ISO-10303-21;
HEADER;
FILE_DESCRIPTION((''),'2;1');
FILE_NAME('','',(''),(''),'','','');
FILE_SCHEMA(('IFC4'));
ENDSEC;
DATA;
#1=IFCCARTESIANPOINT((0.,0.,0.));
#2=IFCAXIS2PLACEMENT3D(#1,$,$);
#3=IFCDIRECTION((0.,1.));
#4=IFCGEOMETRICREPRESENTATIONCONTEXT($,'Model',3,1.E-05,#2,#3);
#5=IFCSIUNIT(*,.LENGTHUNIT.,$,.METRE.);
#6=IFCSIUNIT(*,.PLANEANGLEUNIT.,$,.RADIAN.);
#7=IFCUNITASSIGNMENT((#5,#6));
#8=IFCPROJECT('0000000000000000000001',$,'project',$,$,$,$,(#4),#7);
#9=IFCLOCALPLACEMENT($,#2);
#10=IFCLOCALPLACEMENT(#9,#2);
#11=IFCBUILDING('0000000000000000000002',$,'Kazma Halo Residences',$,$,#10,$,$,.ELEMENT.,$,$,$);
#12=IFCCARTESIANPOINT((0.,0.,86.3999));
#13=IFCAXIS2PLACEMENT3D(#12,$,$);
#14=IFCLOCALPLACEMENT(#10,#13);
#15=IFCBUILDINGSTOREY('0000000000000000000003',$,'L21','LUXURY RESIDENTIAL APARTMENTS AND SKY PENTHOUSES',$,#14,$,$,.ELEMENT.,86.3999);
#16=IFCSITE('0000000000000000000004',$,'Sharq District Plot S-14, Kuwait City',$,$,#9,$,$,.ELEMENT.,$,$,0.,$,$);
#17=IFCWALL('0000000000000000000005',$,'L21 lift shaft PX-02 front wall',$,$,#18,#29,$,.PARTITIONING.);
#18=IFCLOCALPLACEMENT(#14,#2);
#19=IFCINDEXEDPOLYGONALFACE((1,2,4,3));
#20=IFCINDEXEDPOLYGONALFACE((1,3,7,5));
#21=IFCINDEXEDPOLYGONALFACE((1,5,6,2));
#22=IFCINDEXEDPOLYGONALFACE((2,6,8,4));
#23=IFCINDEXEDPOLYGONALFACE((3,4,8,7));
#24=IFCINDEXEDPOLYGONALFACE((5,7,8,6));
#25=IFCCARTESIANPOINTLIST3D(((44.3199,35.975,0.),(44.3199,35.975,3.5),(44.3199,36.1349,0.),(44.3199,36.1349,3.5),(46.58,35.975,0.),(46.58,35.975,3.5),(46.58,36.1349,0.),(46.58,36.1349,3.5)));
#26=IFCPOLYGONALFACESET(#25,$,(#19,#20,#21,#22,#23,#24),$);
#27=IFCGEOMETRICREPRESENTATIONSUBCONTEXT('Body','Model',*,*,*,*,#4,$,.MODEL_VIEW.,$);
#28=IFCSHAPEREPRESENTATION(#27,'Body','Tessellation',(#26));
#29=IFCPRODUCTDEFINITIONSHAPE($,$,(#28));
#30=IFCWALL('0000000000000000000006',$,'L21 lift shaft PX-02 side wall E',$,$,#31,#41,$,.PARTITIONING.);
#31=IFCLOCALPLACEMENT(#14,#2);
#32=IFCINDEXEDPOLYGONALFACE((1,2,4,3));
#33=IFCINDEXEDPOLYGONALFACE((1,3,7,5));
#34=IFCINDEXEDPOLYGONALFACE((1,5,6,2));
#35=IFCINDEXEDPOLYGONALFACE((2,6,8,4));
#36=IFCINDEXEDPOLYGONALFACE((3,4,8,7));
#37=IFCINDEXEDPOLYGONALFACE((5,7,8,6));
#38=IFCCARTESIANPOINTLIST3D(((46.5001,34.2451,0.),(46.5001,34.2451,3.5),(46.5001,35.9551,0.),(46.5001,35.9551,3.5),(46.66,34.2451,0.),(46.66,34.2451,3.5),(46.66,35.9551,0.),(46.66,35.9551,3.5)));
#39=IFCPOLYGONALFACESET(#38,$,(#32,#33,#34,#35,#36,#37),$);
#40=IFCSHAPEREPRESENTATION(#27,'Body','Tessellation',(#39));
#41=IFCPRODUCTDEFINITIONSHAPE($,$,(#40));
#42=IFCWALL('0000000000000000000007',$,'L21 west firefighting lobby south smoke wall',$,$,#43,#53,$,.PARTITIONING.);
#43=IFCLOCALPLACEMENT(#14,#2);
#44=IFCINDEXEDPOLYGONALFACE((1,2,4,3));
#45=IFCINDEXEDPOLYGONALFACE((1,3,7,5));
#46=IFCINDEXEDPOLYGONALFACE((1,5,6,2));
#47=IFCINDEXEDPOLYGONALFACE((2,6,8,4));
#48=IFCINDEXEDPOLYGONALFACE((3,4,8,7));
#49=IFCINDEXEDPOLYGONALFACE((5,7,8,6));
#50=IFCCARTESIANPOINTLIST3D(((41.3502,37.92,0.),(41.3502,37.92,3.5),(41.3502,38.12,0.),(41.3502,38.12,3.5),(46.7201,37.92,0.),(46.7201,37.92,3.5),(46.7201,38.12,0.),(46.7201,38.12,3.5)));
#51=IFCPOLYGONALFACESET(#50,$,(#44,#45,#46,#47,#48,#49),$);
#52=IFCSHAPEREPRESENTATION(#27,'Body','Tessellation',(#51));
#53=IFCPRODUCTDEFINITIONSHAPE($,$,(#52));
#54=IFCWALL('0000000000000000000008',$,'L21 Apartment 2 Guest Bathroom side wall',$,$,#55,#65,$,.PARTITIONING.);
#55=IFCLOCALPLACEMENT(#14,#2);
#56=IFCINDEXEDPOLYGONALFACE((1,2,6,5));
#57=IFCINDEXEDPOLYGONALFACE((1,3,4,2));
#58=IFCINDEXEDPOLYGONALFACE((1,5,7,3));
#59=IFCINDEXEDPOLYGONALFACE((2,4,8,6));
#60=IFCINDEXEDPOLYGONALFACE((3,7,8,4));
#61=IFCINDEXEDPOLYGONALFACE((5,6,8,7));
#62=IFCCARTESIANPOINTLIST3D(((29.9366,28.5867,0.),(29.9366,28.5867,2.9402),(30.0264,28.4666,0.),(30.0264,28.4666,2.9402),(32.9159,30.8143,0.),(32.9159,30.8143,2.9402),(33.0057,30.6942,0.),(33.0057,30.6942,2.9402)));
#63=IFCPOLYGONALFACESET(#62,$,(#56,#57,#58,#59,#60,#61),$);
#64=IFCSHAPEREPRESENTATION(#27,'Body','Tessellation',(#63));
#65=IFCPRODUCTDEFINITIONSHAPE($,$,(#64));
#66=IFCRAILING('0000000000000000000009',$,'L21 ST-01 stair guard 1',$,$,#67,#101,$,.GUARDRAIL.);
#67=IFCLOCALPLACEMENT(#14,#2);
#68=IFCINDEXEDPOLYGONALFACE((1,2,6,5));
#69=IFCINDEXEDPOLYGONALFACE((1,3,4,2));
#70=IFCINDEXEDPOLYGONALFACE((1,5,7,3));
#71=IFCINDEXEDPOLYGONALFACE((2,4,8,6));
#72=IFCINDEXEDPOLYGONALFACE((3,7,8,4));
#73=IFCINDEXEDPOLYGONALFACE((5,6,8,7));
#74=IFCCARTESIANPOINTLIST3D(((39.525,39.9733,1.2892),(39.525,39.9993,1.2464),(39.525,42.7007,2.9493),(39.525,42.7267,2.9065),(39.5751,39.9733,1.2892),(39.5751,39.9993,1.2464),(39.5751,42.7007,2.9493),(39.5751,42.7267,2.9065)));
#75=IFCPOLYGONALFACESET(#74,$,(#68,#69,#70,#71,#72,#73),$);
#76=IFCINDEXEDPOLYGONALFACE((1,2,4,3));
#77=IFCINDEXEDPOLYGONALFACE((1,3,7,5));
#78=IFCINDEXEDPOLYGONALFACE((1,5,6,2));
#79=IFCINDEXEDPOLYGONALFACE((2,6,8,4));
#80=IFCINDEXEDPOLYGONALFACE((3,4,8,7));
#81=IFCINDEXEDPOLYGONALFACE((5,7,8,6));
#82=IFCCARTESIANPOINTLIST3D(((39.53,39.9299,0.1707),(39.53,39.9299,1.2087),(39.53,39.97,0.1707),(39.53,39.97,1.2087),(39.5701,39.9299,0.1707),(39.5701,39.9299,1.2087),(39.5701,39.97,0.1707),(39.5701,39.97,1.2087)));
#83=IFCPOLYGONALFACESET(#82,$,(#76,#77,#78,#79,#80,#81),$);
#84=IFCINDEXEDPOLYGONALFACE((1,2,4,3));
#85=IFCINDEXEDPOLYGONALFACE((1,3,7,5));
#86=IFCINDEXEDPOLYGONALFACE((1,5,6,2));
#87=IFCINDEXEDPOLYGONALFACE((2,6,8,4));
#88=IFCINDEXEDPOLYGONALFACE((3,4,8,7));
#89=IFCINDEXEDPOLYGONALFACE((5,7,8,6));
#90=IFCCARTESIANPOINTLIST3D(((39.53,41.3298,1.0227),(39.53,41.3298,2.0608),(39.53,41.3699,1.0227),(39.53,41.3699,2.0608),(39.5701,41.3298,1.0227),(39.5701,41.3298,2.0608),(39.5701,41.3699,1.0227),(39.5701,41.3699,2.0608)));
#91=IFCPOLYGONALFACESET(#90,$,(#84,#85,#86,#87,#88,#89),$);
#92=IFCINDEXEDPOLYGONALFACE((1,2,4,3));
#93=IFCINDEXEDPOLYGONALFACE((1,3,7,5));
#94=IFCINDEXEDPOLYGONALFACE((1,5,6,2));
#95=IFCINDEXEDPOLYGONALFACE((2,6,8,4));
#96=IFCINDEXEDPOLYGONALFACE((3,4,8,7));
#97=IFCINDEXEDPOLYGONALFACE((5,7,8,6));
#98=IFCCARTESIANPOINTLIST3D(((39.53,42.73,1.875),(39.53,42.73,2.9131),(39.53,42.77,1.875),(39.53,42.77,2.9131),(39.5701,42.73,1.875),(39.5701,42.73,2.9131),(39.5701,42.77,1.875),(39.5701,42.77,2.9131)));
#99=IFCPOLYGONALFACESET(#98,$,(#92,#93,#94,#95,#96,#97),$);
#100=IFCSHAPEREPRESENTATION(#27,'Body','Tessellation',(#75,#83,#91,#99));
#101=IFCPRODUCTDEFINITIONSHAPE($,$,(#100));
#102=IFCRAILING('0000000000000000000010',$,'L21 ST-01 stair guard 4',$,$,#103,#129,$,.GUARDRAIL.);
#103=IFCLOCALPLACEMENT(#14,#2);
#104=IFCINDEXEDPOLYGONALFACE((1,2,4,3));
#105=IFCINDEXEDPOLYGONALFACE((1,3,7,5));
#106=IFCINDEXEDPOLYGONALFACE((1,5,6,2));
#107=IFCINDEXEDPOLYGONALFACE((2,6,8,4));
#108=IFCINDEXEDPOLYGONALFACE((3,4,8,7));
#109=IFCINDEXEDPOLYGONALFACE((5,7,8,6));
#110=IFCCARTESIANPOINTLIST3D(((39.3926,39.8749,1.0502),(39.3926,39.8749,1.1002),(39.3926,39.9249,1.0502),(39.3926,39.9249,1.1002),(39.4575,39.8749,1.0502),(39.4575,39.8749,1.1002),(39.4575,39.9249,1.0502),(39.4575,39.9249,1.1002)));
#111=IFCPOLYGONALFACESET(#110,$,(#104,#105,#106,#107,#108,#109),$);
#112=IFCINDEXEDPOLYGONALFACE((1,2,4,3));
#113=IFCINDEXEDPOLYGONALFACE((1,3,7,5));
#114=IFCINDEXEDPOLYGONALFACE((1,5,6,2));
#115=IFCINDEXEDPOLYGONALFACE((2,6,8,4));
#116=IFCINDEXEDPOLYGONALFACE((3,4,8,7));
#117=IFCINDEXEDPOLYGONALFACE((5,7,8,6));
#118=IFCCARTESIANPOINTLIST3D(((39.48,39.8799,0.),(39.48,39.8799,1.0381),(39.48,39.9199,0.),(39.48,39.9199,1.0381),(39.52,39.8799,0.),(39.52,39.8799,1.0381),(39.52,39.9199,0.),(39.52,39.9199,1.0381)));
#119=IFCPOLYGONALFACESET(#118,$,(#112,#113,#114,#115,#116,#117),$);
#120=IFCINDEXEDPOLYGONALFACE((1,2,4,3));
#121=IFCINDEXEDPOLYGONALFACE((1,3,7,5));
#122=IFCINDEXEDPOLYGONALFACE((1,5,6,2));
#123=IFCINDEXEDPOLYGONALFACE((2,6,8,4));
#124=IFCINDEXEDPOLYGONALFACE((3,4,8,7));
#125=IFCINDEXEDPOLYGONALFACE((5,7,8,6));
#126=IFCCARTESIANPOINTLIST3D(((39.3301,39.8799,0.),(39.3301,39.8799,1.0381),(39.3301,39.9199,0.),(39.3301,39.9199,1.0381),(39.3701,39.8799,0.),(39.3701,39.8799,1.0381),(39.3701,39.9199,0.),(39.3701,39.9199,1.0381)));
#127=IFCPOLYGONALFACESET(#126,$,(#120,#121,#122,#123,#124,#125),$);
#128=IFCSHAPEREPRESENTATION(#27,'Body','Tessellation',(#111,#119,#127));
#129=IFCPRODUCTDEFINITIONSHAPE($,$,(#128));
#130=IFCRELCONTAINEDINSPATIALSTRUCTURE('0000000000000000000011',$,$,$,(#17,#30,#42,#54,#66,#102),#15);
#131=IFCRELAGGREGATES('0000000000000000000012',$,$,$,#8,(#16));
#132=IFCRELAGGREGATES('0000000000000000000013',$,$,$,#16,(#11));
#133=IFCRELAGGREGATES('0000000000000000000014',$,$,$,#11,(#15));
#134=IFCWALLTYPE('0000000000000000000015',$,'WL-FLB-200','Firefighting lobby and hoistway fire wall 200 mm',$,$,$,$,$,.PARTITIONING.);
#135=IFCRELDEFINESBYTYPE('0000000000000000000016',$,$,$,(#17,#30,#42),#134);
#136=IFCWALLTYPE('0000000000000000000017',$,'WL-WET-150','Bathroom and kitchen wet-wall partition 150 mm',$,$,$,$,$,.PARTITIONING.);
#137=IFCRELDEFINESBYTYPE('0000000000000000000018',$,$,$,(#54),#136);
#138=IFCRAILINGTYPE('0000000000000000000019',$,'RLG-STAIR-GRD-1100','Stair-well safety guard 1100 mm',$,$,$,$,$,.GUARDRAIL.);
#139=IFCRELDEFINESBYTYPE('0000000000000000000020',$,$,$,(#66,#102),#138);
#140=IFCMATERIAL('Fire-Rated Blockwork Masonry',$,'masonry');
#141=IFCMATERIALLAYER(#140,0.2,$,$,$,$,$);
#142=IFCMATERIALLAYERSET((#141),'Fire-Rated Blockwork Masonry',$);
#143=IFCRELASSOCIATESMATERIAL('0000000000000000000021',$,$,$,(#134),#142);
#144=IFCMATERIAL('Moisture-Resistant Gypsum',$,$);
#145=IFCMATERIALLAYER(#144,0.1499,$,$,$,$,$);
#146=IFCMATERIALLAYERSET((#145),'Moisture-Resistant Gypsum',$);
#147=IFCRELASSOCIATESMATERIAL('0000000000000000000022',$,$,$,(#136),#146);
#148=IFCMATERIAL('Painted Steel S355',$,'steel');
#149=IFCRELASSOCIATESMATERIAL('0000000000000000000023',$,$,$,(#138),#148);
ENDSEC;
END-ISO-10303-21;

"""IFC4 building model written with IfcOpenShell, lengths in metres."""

from ifc_helpers import new_model, si_unit, direction, frame, frame_2d, origin, origin_2d, place, context, subcontext, project, spatial, rectangle, extrude, material, layer, layer_set, type_object, element, save


model = new_model("IFC4")

# Units and contexts
model_context = context("Model", 3, precision=1e-05, world=origin(), true_north=direction((0.0, 1.0)))
body_context = subcontext(model_context, "Body", "Model", "MODEL_VIEW")
ifc_project = project(units=[si_unit("LENGTHUNIT", "METRE"), si_unit("PLANEANGLEUNIT", "RADIAN")], contexts=[model_context])

# Site, building, storey
site_placement = place(None, origin())
site = spatial("IfcSite", under=ifc_project, at=site_placement, Name="Sharq District Plot S-14, Kuwait City", CompositionType="ELEMENT", RefElevation=0.0)
building_placement = place(site_placement, origin())
building = spatial("IfcBuilding", under=site, at=building_placement, Name="Kazma Halo Residences", CompositionType="ELEMENT")
storey_placement = place(building_placement, frame((0.0, 0.0, 86.3999)))
storey = spatial("IfcBuildingStorey", under=building, at=storey_placement, Name="L21", Description="LUXURY RESIDENTIAL APARTMENTS AND SKY PENTHOUSES", CompositionType="ELEMENT", Elevation=86.3999)

# Shared definitions
ifc_material_1 = material(Name="Fire-Rated Blockwork Masonry", Category="masonry")
ifc_layer_1 = layer(ifc_material_1, 0.2)
ifc_layer_set_1 = layer_set([ifc_layer_1], Name="Fire-Rated Blockwork Masonry")
wall_type_1 = type_object("IfcWallType", Name="WL-FLB-200", Description="Firefighting lobby and hoistway fire wall 200 mm", PredefinedType="PARTITIONING", material=ifc_layer_set_1)

# Walls
wall_1_placement = place(storey_placement, frame((44.3201, 36.0549, 0.0), z_axis=(0.0, 0.0, 1.0), x_axis=(1.0, 0.0, 0.0)))
element("IfcWall", 1, at=wall_1_placement, inside=storey, type_object=wall_type_1, Name="L21 lift shaft PX-02 front wall", PredefinedType="PARTITIONING", context=body_context, shape_type="SweptSolid", body=[
    extrude(rectangle(XDim=2.26, YDim=0.1599, at=frame_2d((1.1299, 0.0))), origin(), (0.0, 0.0, 1.0), 3.5),
])
wall_2_placement = place(storey_placement, frame((46.5801, 34.2451, 0.0), z_axis=(0.0, 0.0, 1.0), x_axis=(0.0, 1.0, 0.0)))
element("IfcWall", 2, at=wall_2_placement, inside=storey, type_object=wall_type_1, Name="L21 lift shaft PX-02 side wall E", PredefinedType="PARTITIONING", context=body_context, shape_type="SweptSolid", body=[
    extrude(rectangle(XDim=1.71, YDim=0.1599, at=frame_2d((0.855, 0.0))), origin(), (0.0, 0.0, 1.0), 3.5),
])
wall_3_placement = place(storey_placement, frame((41.3501, 38.02, 0.0), z_axis=(0.0, 0.0, 1.0), x_axis=(1.0, 0.0, 0.0)))
element("IfcWall", 3, at=wall_3_placement, inside=storey, type_object=wall_type_1, Name="L21 west firefighting lobby south smoke wall", PredefinedType="PARTITIONING", context=body_context, shape_type="SweptSolid", body=[
    extrude(rectangle(XDim=5.3699, YDim=0.2, at=frame_2d((2.6851, 0.0))), origin(), (0.0, 0.0, 1.0), 3.5),
])

# Wall
ifc_material_2 = material(Name="Moisture-Resistant Gypsum")
ifc_layer_2 = layer(ifc_material_2, 0.1499)
ifc_layer_set_2 = layer_set([ifc_layer_2], Name="Moisture-Resistant Gypsum")
wall_type_2 = type_object("IfcWallType", Name="WL-WET-150", Description="Bathroom and kitchen wet-wall partition 150 mm", PredefinedType="PARTITIONING", material=ifc_layer_set_2)
wall_4_placement = place(storey_placement, frame((32.9607, 30.7542, 0.0), z_axis=(0.0, 0.0, 1.0), x_axis=(-0.800889, -0.598813, 0.0)))
element("IfcWall", 4, at=wall_4_placement, inside=storey, type_object=wall_type_2, Name="L21 Apartment 2 Guest Bathroom side wall", PredefinedType="PARTITIONING", context=body_context, shape_type="SweptSolid", body=[
    extrude(rectangle(XDim=3.72, YDim=0.1499, at=frame_2d((1.8599, 0.0))), origin(), (0.0, 0.0, 1.0), 2.9402),
])

# Railings
ifc_material_3 = material(Name="Painted Steel S355", Category="steel")
railing_type = type_object("IfcRailingType", Name="RLG-STAIR-GRD-1100", Description="Stair-well safety guard 1100 mm", PredefinedType="GUARDRAIL", material=ifc_material_3)
railing_1_placement = place(storey_placement, frame((39.55, 39.95, 0.1707)))
element("IfcRailing", 5, at=railing_1_placement, inside=storey, type_object=railing_type, Name="L21 ST-01 stair guard 1", PredefinedType="GUARDRAIL", context=body_context, shape_type="SweptSolid", body=[
    extrude(rectangle(XDim=0.05, YDim=0.05, at=origin_2d()), frame((0.0, 0.0364, 1.0972), z_axis=(0.0, 0.854203, 0.51994), x_axis=(-1.0, 0.0, 0.0)), (0.0, 0.0, 1.0), 3.1929),
    extrude(rectangle(XDim=0.04, YDim=0.04, at=origin_2d()), origin(), (0.0, 0.0, 1.0), 1.0381),
    extrude(rectangle(XDim=0.04, YDim=0.04, at=origin_2d()), frame((0.0, 1.3999, 0.8521)), (0.0, 0.0, 1.0), 1.0381),
    extrude(rectangle(XDim=0.04, YDim=0.04, at=origin_2d()), frame((0.0, 2.8, 1.7043)), (0.0, 0.0, 1.0), 1.0381),
])
railing_2_placement = place(storey_placement, frame((39.5, 39.8999, 0.0)))
element("IfcRailing", 6, at=railing_2_placement, inside=storey, type_object=railing_type, Name="L21 ST-01 stair guard 4", PredefinedType="GUARDRAIL", context=body_context, shape_type="SweptSolid", body=[
    extrude(rectangle(XDim=0.05, YDim=0.05, at=origin_2d()), frame((-0.0425, 0.0, 1.0752), z_axis=(-1.0, 0.0, 0.0), x_axis=(0.0, -1.0, 0.0)), (0.0, 0.0, 1.0), 0.0649),
    extrude(rectangle(XDim=0.04, YDim=0.04, at=origin_2d()), origin(), (0.0, 0.0, 1.0), 1.0381),
    extrude(rectangle(XDim=0.04, YDim=0.04, at=origin_2d()), frame((-0.1499, 0.0, 0.0)), (0.0, 0.0, 1.0), 1.0381),
])

save(model, "model.ifc")
